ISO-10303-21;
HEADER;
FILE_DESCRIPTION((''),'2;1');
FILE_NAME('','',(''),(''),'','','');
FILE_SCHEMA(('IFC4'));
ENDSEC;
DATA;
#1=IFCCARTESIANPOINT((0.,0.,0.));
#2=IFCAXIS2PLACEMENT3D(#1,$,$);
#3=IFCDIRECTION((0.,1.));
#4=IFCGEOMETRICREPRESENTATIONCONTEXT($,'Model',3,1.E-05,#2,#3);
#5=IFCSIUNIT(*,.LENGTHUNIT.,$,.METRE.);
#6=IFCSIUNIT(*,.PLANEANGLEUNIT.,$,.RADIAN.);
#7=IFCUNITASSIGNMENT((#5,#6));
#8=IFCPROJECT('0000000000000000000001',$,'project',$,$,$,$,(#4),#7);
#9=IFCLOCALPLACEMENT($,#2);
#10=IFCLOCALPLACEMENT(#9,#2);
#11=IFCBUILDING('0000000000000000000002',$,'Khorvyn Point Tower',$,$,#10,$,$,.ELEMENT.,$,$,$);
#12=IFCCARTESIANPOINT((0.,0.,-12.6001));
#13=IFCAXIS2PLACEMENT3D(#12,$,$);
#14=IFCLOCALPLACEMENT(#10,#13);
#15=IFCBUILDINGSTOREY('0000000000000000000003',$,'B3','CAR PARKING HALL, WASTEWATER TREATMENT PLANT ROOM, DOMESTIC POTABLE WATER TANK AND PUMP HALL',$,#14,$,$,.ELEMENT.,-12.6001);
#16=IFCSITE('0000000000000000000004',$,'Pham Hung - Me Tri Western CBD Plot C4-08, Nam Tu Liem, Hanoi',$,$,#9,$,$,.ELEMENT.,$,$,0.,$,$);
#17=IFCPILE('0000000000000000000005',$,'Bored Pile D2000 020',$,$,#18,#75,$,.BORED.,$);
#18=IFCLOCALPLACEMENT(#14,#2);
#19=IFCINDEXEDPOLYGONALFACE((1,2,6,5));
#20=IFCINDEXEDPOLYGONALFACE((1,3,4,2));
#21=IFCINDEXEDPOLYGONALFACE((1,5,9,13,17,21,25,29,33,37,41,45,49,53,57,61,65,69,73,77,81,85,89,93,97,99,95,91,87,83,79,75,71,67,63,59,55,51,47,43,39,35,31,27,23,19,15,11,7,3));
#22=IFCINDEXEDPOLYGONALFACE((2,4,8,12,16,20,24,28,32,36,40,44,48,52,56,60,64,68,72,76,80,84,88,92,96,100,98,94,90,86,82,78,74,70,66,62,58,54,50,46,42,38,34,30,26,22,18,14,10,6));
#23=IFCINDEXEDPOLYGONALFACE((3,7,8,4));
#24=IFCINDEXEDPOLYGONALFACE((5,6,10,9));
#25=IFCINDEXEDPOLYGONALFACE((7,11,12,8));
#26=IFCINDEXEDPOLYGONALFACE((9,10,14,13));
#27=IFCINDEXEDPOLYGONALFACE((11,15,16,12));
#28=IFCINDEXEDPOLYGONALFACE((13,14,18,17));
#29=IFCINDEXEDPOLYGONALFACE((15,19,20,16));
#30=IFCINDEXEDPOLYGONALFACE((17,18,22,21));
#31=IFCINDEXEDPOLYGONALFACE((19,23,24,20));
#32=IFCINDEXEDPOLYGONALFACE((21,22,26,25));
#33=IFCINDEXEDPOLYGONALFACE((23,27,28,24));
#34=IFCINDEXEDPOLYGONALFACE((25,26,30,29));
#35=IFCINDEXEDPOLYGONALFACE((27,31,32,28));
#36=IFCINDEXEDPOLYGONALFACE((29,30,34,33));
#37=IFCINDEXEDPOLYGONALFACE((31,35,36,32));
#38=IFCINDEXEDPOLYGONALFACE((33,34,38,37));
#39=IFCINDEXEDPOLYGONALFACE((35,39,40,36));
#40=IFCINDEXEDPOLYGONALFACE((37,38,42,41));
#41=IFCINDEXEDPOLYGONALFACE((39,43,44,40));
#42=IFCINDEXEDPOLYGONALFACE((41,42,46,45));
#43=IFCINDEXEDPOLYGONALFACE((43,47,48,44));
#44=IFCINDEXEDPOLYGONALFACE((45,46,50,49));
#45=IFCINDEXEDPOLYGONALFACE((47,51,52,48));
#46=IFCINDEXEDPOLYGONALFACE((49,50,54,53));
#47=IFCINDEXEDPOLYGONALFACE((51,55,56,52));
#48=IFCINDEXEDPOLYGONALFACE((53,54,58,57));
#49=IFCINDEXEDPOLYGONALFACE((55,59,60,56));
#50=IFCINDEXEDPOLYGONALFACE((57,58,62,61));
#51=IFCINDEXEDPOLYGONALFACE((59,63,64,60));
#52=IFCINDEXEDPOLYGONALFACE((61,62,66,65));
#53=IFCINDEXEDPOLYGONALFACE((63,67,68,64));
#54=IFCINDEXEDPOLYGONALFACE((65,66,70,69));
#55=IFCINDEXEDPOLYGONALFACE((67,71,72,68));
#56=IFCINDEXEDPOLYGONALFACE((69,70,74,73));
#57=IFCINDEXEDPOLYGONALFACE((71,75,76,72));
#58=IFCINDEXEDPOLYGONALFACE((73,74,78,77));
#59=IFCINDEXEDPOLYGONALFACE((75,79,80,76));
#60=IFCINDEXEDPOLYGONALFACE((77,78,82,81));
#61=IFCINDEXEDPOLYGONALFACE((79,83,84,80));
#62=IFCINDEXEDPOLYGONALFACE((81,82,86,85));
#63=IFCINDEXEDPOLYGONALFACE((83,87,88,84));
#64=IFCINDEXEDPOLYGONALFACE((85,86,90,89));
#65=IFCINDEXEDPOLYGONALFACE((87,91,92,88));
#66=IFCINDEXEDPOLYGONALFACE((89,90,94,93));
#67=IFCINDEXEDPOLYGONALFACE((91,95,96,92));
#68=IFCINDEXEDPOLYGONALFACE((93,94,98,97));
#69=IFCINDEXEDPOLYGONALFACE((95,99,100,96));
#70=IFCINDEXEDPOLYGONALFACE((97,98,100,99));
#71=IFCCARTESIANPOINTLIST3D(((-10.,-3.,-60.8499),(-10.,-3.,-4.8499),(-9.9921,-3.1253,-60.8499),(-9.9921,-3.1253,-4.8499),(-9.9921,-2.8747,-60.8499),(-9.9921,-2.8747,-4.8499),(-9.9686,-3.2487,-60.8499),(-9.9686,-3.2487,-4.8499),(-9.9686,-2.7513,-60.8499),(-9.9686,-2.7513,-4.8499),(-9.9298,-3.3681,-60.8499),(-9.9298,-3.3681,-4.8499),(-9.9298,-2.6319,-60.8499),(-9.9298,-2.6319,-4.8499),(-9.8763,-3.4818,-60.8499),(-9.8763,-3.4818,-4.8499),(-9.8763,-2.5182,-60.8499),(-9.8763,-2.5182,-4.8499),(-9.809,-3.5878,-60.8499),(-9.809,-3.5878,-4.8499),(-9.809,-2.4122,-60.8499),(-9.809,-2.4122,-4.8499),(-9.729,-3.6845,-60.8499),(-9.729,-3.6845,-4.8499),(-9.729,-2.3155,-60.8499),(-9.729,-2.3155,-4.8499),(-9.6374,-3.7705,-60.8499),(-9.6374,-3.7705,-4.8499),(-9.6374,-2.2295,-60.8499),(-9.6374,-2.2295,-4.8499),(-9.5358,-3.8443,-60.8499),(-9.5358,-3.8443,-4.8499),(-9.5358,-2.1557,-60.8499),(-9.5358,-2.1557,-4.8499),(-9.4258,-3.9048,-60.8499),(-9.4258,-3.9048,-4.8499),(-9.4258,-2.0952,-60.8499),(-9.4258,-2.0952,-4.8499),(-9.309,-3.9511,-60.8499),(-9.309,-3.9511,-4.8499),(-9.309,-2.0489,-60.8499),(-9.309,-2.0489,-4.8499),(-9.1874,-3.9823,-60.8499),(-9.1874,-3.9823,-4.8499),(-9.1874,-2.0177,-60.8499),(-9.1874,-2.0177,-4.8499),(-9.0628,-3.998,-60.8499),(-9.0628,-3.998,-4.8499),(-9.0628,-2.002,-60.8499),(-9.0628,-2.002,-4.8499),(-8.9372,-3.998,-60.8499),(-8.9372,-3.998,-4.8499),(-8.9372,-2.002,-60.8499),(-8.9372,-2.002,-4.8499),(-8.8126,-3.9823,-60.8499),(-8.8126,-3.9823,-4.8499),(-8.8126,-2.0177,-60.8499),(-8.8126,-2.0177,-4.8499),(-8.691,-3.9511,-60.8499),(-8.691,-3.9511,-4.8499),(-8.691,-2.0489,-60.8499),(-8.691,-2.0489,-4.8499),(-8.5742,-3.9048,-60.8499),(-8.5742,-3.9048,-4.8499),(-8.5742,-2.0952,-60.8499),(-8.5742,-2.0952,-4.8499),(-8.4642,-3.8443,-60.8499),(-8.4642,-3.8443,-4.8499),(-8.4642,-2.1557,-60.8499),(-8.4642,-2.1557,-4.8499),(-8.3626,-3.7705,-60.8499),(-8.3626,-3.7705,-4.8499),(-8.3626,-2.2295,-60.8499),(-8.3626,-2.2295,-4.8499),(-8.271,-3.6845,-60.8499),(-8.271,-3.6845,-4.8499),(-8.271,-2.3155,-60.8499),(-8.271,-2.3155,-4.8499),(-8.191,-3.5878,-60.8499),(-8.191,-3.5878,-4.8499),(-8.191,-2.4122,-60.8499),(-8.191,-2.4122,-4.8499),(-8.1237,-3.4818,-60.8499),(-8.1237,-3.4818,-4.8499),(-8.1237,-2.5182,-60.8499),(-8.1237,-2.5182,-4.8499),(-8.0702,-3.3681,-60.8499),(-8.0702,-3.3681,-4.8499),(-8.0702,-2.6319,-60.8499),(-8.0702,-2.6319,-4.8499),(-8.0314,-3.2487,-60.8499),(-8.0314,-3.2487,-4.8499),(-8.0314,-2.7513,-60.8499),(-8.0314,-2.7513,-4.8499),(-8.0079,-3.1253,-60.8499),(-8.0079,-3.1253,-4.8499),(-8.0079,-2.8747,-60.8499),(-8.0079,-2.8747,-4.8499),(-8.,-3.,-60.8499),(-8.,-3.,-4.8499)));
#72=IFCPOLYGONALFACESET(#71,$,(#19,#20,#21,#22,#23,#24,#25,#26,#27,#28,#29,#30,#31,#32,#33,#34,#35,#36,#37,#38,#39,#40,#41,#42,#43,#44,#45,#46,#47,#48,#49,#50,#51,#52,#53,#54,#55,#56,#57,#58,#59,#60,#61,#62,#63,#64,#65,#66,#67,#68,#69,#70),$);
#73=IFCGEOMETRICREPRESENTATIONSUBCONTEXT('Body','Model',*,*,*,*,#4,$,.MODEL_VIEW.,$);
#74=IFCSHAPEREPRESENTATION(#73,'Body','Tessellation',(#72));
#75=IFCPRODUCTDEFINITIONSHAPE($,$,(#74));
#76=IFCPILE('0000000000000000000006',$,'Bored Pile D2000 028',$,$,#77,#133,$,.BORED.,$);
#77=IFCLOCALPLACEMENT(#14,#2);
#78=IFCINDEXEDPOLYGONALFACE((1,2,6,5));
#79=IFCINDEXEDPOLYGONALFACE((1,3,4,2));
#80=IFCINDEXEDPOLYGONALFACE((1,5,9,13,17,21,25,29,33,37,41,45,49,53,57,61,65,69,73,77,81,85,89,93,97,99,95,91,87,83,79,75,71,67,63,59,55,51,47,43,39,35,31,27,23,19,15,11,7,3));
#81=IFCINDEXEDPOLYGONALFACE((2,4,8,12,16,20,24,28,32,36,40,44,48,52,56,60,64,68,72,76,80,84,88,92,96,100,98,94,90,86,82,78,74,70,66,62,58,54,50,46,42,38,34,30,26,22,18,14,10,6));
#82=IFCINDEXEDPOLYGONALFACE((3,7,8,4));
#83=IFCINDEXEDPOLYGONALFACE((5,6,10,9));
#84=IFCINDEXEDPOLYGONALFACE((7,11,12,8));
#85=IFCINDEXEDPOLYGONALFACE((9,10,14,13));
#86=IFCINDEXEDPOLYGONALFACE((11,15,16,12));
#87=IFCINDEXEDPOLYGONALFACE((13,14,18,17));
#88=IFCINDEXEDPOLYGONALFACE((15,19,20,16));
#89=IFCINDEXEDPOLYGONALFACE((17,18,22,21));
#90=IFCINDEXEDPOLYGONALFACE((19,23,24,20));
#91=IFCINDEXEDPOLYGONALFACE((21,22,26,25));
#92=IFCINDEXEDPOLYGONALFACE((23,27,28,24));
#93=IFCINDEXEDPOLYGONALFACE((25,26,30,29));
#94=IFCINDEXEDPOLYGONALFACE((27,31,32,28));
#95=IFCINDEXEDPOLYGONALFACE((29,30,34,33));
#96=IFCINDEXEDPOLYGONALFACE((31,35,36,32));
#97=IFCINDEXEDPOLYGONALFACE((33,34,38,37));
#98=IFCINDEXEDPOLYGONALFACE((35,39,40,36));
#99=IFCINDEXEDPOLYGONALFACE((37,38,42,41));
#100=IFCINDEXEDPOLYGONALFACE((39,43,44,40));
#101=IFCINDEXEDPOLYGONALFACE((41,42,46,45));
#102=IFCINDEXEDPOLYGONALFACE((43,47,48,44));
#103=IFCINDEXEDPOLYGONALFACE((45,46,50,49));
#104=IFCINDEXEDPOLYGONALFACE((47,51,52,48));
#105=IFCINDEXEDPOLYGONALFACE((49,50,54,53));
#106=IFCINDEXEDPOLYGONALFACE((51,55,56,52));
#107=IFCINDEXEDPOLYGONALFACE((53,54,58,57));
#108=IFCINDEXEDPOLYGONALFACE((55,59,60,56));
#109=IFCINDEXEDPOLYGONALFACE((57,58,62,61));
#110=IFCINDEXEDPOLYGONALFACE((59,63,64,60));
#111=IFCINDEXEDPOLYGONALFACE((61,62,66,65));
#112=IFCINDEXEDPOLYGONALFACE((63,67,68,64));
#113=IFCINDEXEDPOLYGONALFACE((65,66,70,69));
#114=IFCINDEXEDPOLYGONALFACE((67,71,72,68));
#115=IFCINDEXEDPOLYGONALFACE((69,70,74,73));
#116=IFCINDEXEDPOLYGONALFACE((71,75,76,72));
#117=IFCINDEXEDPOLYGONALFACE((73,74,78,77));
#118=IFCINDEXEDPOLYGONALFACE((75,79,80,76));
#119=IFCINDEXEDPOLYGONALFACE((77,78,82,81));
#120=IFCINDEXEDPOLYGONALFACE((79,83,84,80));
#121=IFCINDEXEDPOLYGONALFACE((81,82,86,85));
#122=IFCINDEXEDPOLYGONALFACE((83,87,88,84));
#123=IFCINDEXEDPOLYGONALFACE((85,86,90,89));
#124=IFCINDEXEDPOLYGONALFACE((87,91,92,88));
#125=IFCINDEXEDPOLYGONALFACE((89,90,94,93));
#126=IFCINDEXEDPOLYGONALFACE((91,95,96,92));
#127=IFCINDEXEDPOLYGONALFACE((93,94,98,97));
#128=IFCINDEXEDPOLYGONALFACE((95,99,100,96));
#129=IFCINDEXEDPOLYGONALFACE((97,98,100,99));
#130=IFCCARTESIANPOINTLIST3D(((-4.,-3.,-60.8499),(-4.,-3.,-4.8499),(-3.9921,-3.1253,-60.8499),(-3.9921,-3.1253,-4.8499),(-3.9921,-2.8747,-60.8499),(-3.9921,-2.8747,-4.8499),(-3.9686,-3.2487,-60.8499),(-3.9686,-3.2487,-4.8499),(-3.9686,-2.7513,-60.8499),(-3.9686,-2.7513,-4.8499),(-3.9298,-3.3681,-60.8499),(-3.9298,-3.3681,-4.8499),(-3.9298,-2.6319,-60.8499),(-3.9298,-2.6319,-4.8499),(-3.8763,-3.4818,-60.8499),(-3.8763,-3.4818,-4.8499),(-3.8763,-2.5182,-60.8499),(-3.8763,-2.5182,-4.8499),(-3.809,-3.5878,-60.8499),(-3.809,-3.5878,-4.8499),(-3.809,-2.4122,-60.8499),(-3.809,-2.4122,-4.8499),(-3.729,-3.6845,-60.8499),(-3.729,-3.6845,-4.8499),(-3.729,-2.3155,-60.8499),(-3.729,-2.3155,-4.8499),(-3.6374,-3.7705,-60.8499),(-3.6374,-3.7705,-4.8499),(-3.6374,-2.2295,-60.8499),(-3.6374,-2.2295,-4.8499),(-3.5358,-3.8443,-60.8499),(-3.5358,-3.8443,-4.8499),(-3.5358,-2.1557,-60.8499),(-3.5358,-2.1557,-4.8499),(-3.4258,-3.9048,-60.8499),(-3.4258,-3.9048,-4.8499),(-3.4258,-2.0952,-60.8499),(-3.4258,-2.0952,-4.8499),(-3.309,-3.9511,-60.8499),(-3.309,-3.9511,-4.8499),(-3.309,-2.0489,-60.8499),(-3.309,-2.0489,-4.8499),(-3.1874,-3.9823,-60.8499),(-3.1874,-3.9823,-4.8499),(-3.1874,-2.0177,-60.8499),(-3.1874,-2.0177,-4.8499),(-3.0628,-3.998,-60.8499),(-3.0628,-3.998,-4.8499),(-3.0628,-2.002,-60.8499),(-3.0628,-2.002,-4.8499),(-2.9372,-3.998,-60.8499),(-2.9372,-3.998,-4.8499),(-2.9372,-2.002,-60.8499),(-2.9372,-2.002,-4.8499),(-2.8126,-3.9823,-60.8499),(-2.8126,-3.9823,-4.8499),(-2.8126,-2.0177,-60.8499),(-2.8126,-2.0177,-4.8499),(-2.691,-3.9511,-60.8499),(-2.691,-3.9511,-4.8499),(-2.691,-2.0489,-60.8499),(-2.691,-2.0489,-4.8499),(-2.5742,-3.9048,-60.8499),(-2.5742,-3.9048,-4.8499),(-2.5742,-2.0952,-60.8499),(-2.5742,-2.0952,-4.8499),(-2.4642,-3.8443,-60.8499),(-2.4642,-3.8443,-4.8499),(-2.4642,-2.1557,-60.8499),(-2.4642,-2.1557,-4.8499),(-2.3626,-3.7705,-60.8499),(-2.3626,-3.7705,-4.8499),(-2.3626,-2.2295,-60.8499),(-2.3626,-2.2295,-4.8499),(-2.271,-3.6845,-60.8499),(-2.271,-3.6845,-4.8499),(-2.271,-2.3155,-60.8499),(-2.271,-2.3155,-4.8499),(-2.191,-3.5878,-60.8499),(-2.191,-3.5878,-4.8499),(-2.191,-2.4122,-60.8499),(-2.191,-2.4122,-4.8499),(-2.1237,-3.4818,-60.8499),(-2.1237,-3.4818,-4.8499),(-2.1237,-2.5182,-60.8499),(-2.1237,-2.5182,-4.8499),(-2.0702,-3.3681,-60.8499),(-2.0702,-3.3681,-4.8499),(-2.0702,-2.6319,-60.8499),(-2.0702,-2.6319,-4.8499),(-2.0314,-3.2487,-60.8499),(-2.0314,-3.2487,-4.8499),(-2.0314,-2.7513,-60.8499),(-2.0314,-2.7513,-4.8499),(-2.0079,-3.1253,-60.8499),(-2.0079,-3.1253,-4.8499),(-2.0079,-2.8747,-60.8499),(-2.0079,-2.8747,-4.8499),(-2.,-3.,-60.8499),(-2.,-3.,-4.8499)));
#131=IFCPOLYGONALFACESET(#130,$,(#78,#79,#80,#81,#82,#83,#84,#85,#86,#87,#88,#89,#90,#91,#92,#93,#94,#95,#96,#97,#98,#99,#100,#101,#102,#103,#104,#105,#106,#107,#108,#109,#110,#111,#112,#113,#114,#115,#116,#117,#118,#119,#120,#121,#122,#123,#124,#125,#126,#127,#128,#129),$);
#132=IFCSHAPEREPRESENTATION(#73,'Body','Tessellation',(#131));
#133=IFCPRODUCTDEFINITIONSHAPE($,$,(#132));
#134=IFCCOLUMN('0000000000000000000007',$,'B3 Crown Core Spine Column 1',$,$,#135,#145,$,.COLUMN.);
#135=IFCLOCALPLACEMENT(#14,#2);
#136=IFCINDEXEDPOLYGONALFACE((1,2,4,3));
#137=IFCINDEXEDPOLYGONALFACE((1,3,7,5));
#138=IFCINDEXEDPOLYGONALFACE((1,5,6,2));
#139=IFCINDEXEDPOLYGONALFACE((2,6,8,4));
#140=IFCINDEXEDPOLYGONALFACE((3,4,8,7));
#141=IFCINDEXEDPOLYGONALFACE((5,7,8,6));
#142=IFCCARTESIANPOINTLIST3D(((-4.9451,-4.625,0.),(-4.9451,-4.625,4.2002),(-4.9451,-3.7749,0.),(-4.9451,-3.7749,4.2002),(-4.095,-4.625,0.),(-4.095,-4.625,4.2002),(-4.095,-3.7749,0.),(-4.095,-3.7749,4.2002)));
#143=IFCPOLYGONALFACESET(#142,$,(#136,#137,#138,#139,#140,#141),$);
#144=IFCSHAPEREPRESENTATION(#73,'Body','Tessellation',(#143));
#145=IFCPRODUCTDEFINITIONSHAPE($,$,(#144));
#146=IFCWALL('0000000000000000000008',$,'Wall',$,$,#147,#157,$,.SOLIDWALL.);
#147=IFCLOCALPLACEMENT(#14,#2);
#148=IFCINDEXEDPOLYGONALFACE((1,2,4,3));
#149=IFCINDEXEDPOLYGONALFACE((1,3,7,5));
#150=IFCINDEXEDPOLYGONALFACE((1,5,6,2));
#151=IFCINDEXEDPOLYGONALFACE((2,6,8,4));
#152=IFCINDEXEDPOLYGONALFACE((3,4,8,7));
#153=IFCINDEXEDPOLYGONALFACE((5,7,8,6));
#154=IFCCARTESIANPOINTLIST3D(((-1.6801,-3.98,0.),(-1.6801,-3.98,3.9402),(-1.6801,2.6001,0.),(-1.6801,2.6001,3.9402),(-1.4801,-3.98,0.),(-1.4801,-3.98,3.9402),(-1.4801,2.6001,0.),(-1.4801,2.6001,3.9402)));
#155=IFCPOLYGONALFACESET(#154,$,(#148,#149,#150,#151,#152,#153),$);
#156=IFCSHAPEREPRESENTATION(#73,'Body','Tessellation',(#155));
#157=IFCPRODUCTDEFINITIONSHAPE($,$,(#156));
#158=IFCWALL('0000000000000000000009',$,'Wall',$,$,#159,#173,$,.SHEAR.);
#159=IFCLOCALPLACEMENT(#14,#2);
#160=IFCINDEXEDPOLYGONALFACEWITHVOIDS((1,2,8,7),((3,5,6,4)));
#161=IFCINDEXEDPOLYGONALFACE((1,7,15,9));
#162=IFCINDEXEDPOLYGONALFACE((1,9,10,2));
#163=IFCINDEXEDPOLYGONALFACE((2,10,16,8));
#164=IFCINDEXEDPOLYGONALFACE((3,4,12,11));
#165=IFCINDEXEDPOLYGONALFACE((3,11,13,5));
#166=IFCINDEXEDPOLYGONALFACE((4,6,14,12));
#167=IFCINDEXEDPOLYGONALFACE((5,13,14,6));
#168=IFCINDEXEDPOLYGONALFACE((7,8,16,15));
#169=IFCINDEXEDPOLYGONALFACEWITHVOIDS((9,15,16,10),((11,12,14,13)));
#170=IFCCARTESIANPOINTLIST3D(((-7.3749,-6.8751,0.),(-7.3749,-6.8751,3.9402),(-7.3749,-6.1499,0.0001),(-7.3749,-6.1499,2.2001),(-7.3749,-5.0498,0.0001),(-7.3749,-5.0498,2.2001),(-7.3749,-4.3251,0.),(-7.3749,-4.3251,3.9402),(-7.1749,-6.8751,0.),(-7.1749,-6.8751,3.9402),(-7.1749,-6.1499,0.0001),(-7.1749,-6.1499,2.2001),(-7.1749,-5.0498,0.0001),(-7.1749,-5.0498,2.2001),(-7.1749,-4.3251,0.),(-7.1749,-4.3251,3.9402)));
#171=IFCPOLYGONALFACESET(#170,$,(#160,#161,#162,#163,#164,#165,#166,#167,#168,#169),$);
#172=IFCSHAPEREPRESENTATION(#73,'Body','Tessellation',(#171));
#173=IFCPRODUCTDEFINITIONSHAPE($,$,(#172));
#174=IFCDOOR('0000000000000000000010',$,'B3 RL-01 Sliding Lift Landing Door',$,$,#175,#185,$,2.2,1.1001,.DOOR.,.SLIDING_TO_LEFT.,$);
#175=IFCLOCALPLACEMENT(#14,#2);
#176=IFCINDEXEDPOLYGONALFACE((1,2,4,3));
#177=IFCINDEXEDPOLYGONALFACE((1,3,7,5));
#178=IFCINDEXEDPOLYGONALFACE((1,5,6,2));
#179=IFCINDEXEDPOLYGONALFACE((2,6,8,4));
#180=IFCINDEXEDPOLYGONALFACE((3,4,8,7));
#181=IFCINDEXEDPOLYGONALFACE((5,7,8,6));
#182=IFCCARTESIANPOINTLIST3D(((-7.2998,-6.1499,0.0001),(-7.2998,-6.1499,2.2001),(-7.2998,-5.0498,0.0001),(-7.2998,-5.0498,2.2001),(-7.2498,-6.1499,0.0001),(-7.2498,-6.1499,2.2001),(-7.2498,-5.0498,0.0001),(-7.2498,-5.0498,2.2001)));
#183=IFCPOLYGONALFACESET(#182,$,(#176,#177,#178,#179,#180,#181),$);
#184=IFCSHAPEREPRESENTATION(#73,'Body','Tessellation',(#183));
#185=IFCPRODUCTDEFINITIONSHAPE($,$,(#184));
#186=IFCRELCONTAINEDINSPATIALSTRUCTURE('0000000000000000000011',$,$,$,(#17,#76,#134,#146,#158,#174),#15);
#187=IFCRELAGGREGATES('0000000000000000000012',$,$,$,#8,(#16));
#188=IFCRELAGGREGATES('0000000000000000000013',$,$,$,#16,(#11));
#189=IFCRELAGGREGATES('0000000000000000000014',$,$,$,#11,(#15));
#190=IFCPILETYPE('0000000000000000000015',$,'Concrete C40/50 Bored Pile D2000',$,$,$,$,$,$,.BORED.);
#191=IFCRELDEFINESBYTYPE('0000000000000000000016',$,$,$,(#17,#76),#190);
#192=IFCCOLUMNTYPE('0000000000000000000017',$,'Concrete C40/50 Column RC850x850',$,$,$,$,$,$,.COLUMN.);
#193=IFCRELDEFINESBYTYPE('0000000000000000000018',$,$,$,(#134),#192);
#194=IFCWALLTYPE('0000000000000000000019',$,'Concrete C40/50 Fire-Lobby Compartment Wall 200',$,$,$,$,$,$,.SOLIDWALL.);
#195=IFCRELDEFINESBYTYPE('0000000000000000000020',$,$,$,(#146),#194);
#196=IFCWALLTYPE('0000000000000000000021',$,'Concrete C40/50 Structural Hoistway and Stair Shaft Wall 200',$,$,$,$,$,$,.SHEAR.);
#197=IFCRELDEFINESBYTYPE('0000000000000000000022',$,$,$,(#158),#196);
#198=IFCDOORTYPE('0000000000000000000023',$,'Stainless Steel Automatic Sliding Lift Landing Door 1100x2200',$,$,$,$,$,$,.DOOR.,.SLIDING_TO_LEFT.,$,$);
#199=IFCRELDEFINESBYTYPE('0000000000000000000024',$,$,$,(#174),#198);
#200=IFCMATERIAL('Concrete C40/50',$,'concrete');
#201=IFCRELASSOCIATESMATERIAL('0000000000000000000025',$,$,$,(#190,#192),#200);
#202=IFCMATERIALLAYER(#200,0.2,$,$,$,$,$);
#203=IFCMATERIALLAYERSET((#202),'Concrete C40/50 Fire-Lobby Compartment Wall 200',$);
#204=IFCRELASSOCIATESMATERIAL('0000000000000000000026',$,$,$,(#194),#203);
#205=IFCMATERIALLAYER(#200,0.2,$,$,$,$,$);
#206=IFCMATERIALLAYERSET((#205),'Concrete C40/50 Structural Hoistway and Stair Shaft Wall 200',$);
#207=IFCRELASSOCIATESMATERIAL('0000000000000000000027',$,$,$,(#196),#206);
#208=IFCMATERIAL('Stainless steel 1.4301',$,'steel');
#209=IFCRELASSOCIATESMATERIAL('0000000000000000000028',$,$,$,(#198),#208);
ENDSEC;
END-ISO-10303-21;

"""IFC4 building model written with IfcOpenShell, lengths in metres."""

from ifc_helpers import new_model, si_unit, direction, frame, frame_2d, origin, origin_2d, place, context, subcontext, project, spatial, rectangle, circle, extrude, material, layer, layer_set, material_profile, profile_set, type_object, element, fill, save


model = new_model("IFC4")

# Units and contexts
model_context = context("Model", 3, precision=1e-05, world=origin(), true_north=direction((0.0, 1.0)))
body_context = subcontext(model_context, "Body", "Model", "MODEL_VIEW")
ifc_project = project(units=[si_unit("LENGTHUNIT", "METRE"), si_unit("PLANEANGLEUNIT", "RADIAN")], contexts=[model_context])

# Site, building, storey
site_placement = place(None, origin())
site = spatial("IfcSite", under=ifc_project, at=site_placement, Name="Pham Hung - Me Tri Western CBD Plot C4-08, Nam Tu Liem, Hanoi", CompositionType="ELEMENT", RefElevation=0.0)
building_placement = place(site_placement, origin())
building = spatial("IfcBuilding", under=site, at=building_placement, Name="Khorvyn Point Tower", CompositionType="ELEMENT")
storey_placement = place(building_placement, frame((0.0, 0.0, -12.6001)))
storey = spatial("IfcBuildingStorey", under=building, at=storey_placement, Name="B3", Description="CAR PARKING HALL, WASTEWATER TREATMENT PLANT ROOM, DOMESTIC POTABLE WATER TANK AND PUMP HALL", CompositionType="ELEMENT", Elevation=-12.6001)

# Piles
ifc_material_1 = material(Name="Concrete C40/50", Category="concrete")
ifc_material_profile_1 = material_profile(ifc_material_1, circle(Radius=1.0, at=origin_2d()))
ifc_profile_set_1 = profile_set([ifc_material_profile_1], Name="Concrete C40/50 PILE-D2000")
pile_type = type_object("IfcPileType", Name="Concrete C40/50 Bored Pile D2000", PredefinedType="BORED", material=ifc_profile_set_1)
for number, where, z_axis, x_axis, name in (
    (1, (-9.0, -3.0, -4.8499), (0.0, 0.0, -1.0), (1.0, 0.0, 0.0), "Bored Pile D2000 020"),
    (2, (-3.0, -3.0, -4.8499), (0.0, 0.0, -1.0), (1.0, 0.0, 0.0), "Bored Pile D2000 028"),
):
    element("IfcPile", number, at=place(storey_placement, frame(where, z_axis=z_axis, x_axis=x_axis)), inside=storey, type_object=pile_type, Name=name, PredefinedType="BORED", context=body_context, shape_type="SweptSolid", body=[
        extrude(circle(Radius=1.0, at=origin_2d()), origin(), (0.0, 0.0, 1.0), 56.0),
    ])

# Column
ifc_material_profile_2 = material_profile(ifc_material_1, rectangle(XDim=0.8501, YDim=0.8501, at=origin_2d()))
ifc_profile_set_2 = profile_set([ifc_material_profile_2], Name="Concrete C40/50 RC850x850")
column_type = type_object("IfcColumnType", Name="Concrete C40/50 Column RC850x850", PredefinedType="COLUMN", material=ifc_profile_set_2)
column_placement = place(storey_placement, frame((-4.52, -4.2, 0.0), z_axis=(0.0, 0.0, 1.0), x_axis=(1.0, 0.0, 0.0)))
element("IfcColumn", 3, at=column_placement, inside=storey, type_object=column_type, Name="B3 Crown Core Spine Column 1", PredefinedType="COLUMN", context=body_context, shape_type="SweptSolid", body=[
    extrude(rectangle(XDim=0.8501, YDim=0.8501, at=origin_2d()), origin(), (0.0, 0.0, 1.0), 4.2002),
])

# Wall
ifc_layer_1 = layer(ifc_material_1, 0.2)
ifc_layer_set_1 = layer_set([ifc_layer_1], Name="Concrete C40/50 Fire-Lobby Compartment Wall 200")
wall_type_1 = type_object("IfcWallType", Name="Concrete C40/50 Fire-Lobby Compartment Wall 200", PredefinedType="SOLIDWALL", material=ifc_layer_set_1)
wall_1_placement = place(storey_placement, frame((-1.5801, -3.98, 0.0), z_axis=(0.0, 0.0, 1.0), x_axis=(0.0, 1.0, 0.0)))
element("IfcWall", 4, at=wall_1_placement, inside=storey, type_object=wall_type_1, Name="Wall", PredefinedType="SOLIDWALL", context=body_context, shape_type="SweptSolid", body=[
    extrude(rectangle(XDim=6.5801, YDim=0.2, at=frame_2d((3.29, 0.0))), origin(), (0.0, 0.0, 1.0), 3.9402),
])

# Wall, opening, door
ifc_layer_2 = layer(ifc_material_1, 0.2)
ifc_layer_set_2 = layer_set([ifc_layer_2], Name="Concrete C40/50 Structural Hoistway and Stair Shaft Wall 200")
wall_type_2 = type_object("IfcWallType", Name="Concrete C40/50 Structural Hoistway and Stair Shaft Wall 200", PredefinedType="SHEAR", material=ifc_layer_set_2)
wall_2_placement = place(storey_placement, frame((-7.2749, -6.875, 0.0), z_axis=(0.0, 0.0, 1.0), x_axis=(0.0, 1.0, 0.0)))
wall_2 = element("IfcWall", 5, at=wall_2_placement, inside=storey, type_object=wall_type_2, Name="Wall", PredefinedType="SHEAR", context=body_context, shape_type="SweptSolid", body=[
    extrude(rectangle(XDim=2.55, YDim=0.2, at=frame_2d((1.2749, 0.0))), origin(), (0.0, 0.0, 1.0), 3.9402),
])
opening_1_placement = place(wall_2_placement, frame((0.7251, 0.0, 0.0)))
opening_1 = element("IfcOpeningElement", 6, at=opening_1_placement, cuts=wall_2, PredefinedType="OPENING", context=body_context, shape_type="SweptSolid", body=[
    extrude(rectangle(XDim=1.1001, YDim=2.2, at=frame_2d((0.55, 1.1001))), frame((0.0, 0.1099, 0.0), z_axis=(0.0, -1.0, 0.0), x_axis=(1.0, 0.0, 0.0)), (0.0, 0.0, 1.0), 0.22),
])
ifc_material_2 = material(Name="Stainless steel 1.4301", Category="steel")
door_type = type_object("IfcDoorType", Name="Stainless Steel Automatic Sliding Lift Landing Door 1100x2200", OperationType="SLIDING_TO_LEFT", PredefinedType="DOOR", material=ifc_material_2)
door_1_placement = place(opening_1_placement, origin())
door_1 = element("IfcDoor", 7, at=door_1_placement, inside=storey, type_object=door_type, Name="B3 RL-01 Sliding Lift Landing Door", OperationType="SLIDING_TO_LEFT", OverallHeight=2.2, OverallWidth=1.1001, PredefinedType="DOOR", context=body_context, shape_type="SweptSolid", body=[
    extrude(rectangle(XDim=1.1001, YDim=2.2, at=frame_2d((0.55, 1.1001))), frame((0.0, 0.0249, 0.0), z_axis=(0.0, -1.0, 0.0), x_axis=(1.0, 0.0, 0.0)), (0.0, 0.0, 1.0), 0.05),
])
fill(opening_1, door_1)

save(model, "model.ifc")
